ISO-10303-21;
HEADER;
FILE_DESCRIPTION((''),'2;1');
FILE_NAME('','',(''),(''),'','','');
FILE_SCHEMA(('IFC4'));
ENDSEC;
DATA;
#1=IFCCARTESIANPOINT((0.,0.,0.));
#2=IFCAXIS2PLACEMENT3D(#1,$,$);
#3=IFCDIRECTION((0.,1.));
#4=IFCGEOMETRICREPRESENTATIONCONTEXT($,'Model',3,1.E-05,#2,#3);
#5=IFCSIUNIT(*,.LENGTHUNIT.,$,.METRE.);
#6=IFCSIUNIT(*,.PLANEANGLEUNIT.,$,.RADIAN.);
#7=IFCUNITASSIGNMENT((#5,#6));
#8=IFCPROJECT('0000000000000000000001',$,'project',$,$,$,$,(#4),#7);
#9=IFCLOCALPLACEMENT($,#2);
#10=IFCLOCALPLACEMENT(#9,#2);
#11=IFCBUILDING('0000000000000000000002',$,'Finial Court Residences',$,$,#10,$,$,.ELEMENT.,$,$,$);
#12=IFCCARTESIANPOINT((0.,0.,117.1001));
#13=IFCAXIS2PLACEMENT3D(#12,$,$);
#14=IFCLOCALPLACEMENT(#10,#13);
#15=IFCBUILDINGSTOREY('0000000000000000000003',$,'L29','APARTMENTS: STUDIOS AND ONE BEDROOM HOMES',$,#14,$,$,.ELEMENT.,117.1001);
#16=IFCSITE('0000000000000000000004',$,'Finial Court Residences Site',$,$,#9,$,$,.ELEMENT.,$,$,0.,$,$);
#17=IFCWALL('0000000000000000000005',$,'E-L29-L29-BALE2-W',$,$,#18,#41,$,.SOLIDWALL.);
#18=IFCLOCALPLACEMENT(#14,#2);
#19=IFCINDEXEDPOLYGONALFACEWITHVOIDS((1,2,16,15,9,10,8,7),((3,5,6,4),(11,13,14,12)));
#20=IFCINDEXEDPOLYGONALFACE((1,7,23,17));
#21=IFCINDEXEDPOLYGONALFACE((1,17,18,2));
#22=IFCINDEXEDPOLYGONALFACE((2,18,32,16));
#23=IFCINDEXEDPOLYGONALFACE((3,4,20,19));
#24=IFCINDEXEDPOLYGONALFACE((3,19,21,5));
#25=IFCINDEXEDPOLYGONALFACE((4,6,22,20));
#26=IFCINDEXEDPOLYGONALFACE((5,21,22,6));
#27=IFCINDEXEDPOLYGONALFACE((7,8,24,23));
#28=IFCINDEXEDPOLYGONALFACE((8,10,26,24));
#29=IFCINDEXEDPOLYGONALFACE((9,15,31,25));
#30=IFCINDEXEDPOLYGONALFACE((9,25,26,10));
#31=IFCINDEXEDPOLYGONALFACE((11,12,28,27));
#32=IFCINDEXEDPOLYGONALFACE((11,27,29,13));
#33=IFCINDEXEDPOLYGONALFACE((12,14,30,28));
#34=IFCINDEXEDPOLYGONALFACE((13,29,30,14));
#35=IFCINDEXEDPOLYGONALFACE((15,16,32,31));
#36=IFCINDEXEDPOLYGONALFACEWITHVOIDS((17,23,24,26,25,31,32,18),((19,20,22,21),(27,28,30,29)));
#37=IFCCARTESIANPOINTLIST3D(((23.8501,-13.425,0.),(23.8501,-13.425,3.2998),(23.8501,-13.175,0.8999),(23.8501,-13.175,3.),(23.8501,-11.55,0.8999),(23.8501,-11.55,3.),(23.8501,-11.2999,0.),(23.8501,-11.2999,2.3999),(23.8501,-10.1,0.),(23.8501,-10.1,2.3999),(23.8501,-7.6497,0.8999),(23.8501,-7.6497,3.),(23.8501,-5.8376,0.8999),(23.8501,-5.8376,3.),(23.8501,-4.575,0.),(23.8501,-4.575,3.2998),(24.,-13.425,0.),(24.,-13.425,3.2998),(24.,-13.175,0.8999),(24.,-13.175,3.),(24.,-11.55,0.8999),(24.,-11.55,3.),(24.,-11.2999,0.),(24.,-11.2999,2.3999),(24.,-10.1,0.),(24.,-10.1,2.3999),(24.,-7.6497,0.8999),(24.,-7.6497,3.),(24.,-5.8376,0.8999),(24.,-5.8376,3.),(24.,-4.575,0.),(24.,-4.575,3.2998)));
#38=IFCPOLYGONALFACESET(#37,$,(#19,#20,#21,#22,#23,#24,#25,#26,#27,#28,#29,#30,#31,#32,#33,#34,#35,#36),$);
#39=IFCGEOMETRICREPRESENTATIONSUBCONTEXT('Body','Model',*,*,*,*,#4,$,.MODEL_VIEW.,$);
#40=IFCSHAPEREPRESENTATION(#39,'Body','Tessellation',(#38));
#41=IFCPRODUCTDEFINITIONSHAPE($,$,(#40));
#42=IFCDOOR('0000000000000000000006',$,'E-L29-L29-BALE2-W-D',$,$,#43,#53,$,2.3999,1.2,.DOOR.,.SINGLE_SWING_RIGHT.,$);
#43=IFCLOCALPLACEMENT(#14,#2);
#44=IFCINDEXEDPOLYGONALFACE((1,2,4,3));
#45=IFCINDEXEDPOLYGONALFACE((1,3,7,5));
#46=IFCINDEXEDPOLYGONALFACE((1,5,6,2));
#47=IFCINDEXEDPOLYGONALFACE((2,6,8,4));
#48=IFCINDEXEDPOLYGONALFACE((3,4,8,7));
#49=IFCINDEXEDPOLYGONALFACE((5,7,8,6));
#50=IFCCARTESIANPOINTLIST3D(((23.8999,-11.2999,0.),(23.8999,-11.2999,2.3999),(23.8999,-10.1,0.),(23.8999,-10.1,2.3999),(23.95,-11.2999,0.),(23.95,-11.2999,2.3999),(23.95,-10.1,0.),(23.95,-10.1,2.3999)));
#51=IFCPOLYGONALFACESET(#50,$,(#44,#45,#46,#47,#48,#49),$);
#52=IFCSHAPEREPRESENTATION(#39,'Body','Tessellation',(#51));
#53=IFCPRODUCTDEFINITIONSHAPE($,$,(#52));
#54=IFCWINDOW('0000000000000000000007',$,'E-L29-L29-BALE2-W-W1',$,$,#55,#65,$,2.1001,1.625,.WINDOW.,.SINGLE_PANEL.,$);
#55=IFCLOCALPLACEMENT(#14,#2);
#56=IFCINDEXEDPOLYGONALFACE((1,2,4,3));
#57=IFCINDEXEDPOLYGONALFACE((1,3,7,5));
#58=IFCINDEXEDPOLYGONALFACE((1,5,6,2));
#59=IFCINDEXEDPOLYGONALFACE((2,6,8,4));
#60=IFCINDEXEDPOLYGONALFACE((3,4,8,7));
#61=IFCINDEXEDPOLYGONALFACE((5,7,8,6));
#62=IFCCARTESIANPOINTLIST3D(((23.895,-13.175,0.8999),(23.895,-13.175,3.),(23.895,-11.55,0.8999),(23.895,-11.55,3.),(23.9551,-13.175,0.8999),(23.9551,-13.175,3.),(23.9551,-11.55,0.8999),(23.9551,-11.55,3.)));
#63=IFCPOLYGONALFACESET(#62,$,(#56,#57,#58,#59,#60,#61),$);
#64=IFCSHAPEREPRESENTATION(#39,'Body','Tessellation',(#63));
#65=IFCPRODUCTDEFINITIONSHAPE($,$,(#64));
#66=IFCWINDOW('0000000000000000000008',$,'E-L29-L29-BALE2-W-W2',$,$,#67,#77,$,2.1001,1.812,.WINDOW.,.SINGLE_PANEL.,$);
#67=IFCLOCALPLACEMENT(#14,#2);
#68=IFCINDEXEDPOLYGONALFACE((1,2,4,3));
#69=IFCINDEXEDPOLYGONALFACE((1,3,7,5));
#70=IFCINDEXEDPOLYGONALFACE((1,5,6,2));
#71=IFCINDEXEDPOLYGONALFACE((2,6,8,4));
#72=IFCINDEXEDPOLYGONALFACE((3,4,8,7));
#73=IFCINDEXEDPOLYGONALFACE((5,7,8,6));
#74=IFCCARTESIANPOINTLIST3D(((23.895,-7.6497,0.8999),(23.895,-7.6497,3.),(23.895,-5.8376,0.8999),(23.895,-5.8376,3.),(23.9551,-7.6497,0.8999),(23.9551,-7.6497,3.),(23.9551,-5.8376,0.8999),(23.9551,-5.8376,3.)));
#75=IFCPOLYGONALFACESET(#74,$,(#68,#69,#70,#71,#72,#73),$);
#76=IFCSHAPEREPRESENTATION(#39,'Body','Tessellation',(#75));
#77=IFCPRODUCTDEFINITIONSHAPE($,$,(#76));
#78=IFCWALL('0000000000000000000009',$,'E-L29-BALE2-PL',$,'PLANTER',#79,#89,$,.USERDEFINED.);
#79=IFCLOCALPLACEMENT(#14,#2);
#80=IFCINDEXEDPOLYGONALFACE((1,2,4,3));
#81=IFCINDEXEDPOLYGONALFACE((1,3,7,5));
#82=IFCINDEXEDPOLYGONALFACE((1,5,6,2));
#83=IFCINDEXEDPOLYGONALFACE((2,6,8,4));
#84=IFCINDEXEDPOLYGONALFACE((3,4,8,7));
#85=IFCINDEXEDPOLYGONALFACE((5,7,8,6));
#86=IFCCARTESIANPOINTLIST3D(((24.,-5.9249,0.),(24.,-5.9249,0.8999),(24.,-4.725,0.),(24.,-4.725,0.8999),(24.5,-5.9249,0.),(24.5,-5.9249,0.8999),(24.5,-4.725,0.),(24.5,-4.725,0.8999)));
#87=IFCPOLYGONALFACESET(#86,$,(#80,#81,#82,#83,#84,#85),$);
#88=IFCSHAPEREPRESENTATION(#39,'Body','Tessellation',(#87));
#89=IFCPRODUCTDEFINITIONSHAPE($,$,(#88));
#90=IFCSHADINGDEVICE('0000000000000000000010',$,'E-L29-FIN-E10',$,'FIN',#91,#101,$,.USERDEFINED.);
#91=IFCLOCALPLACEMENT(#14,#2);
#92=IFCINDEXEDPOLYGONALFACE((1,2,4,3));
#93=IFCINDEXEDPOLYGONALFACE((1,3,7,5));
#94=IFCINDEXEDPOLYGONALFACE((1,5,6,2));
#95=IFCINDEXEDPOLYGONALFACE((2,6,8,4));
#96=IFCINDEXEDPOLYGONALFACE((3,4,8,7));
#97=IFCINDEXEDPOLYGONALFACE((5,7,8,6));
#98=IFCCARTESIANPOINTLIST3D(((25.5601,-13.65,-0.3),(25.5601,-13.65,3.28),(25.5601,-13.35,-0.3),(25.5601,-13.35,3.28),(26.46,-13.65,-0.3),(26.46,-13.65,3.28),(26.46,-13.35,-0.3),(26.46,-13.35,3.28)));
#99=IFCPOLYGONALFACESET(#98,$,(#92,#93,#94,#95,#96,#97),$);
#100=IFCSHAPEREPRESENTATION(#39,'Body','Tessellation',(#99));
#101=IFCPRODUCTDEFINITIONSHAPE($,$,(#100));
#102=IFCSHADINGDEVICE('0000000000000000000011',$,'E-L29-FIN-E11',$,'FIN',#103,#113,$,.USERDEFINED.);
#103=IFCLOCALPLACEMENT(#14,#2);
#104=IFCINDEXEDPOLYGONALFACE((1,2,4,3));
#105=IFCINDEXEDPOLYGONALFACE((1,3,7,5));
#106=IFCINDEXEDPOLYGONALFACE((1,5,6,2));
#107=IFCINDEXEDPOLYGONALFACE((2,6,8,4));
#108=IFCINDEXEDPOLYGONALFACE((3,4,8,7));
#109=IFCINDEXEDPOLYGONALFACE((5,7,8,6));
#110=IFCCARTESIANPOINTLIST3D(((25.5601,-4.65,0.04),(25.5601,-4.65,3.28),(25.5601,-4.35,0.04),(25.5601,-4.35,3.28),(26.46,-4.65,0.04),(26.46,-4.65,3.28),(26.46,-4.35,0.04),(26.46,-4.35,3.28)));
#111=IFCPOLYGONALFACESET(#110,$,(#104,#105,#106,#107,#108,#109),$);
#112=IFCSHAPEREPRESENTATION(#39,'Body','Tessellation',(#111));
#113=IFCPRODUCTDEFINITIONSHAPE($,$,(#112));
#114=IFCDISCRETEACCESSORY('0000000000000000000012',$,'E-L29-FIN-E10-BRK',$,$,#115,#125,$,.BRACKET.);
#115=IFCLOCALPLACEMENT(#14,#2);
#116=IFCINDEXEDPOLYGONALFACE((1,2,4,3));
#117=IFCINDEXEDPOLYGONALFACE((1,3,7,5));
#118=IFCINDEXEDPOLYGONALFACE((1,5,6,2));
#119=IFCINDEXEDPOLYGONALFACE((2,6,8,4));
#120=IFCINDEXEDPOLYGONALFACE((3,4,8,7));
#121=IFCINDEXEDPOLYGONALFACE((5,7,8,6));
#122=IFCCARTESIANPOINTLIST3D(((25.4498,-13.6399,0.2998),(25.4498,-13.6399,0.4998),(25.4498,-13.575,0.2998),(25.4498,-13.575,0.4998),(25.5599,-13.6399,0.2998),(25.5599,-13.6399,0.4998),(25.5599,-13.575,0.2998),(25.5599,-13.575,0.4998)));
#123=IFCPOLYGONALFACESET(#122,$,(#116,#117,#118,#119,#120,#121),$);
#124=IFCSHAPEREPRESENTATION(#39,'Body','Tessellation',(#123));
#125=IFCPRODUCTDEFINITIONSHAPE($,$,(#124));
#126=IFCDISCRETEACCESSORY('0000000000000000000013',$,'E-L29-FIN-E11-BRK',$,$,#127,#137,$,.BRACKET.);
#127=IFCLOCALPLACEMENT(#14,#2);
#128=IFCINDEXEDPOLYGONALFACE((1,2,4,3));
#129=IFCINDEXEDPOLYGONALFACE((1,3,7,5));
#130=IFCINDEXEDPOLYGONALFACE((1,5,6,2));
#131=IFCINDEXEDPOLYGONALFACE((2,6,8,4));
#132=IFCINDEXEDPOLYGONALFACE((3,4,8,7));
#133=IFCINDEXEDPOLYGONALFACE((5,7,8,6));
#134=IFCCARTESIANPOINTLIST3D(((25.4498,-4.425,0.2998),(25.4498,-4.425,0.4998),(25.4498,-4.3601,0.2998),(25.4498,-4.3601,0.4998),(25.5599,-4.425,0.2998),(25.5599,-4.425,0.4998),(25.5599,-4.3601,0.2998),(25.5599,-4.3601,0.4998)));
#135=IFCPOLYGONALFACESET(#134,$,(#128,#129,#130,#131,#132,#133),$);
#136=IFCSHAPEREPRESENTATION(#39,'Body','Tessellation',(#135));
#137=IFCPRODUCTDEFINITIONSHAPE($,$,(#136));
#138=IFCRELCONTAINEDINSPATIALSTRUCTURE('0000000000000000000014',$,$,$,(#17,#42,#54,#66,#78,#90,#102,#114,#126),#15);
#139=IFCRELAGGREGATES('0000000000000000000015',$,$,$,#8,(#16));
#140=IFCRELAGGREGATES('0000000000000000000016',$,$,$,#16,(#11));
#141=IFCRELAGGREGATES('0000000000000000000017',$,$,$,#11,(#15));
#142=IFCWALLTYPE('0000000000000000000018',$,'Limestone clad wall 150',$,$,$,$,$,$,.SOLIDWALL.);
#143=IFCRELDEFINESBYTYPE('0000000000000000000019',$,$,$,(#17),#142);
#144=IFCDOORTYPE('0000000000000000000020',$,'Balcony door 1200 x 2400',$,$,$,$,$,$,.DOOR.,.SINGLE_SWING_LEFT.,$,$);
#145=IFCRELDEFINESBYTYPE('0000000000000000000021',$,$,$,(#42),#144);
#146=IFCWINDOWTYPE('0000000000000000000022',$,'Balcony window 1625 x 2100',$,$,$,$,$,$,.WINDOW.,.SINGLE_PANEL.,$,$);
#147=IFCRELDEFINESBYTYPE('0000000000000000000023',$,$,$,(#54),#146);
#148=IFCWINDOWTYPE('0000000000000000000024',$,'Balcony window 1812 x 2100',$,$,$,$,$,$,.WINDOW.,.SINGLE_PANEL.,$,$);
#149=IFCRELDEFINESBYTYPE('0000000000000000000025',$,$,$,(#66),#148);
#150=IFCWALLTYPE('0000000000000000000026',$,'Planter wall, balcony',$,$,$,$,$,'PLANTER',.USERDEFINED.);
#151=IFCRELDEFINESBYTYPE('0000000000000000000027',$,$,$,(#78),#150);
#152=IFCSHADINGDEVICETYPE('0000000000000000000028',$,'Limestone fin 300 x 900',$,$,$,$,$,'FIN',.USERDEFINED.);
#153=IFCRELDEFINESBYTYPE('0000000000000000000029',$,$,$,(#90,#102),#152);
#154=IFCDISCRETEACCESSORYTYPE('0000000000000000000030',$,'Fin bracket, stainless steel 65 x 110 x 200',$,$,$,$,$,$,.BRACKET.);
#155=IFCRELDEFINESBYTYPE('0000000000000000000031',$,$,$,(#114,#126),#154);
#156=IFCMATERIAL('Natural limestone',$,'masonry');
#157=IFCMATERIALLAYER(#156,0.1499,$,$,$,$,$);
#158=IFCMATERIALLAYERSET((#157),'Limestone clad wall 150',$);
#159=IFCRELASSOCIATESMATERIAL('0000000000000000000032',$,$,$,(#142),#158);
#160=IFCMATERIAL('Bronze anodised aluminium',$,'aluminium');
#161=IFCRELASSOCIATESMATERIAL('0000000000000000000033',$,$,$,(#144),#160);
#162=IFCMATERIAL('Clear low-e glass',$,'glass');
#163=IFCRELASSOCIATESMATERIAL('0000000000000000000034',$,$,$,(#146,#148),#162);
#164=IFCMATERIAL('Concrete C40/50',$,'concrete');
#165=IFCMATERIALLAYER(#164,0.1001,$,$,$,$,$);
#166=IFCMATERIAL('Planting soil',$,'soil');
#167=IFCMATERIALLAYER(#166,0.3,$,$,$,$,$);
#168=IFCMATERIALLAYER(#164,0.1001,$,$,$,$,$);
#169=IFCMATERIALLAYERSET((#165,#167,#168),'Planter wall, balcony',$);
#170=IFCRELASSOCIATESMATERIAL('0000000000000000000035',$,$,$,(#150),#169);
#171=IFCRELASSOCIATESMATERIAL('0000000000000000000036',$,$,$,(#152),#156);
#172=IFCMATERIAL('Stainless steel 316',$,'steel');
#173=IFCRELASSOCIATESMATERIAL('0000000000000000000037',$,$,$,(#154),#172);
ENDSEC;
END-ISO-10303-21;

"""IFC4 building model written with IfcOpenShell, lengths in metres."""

from ifc_helpers import new_model, si_unit, direction, frame, frame_2d, origin, origin_2d, place, context, subcontext, project, spatial, rectangle, extrude, material, layer, layer_set, type_object, element, fill, save


model = new_model("IFC4")

# Units and contexts
model_context = context("Model", 3, precision=1e-05, world=origin(), true_north=direction((0.0, 1.0)))
body_context = subcontext(model_context, "Body", "Model", "MODEL_VIEW")
ifc_project = project(units=[si_unit("LENGTHUNIT", "METRE"), si_unit("PLANEANGLEUNIT", "RADIAN")], contexts=[model_context])

# Site, building, storey
site_placement = place(None, origin())
site = spatial("IfcSite", under=ifc_project, at=site_placement, Name="Finial Court Residences Site", CompositionType="ELEMENT", RefElevation=0.0)
building_placement = place(site_placement, origin())
building = spatial("IfcBuilding", under=site, at=building_placement, Name="Finial Court Residences", CompositionType="ELEMENT")
storey_placement = place(building_placement, frame((0.0, 0.0, 117.1001)))
storey = spatial("IfcBuildingStorey", under=building, at=storey_placement, Name="L29", Description="APARTMENTS: STUDIOS AND ONE BEDROOM HOMES", CompositionType="ELEMENT", Elevation=117.1001)

# Shared definitions
ifc_material_1 = material(Name="Bronze anodised aluminium", Category="aluminium")

# Shared definitions
ifc_material_2 = material(Name="Natural limestone", Category="masonry")
ifc_layer_1 = layer(ifc_material_2, 0.1499)
ifc_layer_set_1 = layer_set([ifc_layer_1], Name="Limestone clad wall 150")
wall_type_1 = type_object("IfcWallType", Name="Limestone clad wall 150", PredefinedType="SOLIDWALL", material=ifc_layer_set_1)

# Wall, openings, door, windows
wall_1_placement = place(storey_placement, frame((23.925, -4.575, 0.0), z_axis=(0.0, 0.0, 1.0), x_axis=(0.0, -1.0, 0.0)))
wall_1 = element("IfcWall", 1, at=wall_1_placement, inside=storey, type_object=wall_type_1, Name="E-L29-L29-BALE2-W", PredefinedType="SOLIDWALL", context=body_context, shape_type="SweptSolid", body=[
    extrude(rectangle(XDim=8.8501, YDim=0.1499, at=frame_2d((4.425, 0.0))), origin(), (0.0, 0.0, 1.0), 3.2998),
])
opening_1_placement = place(wall_1_placement, frame((5.5249, 0.0, 0.0)))
opening_1 = element("IfcOpeningElement", 2, at=opening_1_placement, cuts=wall_1, PredefinedType="OPENING", context=body_context, shape_type="SweptSolid", body=[
    extrude(rectangle(XDim=1.2, YDim=2.3999, at=frame_2d((0.6001, 1.2))), frame((0.0, 0.085, 0.0), z_axis=(0.0, -1.0, 0.0), x_axis=(1.0, 0.0, 0.0)), (0.0, 0.0, 1.0), 0.1699),
])
opening_2_placement = place(wall_1_placement, frame((6.9751, 0.0, 0.8999)))
opening_2 = element("IfcOpeningElement", 3, at=opening_2_placement, cuts=wall_1, PredefinedType="OPENING", context=body_context, shape_type="SweptSolid", body=[
    extrude(rectangle(XDim=1.625, YDim=2.1001, at=frame_2d((0.8125, 1.05))), frame((0.0, 0.085, 0.0), z_axis=(0.0, -1.0, 0.0), x_axis=(1.0, 0.0, 0.0)), (0.0, 0.0, 1.0), 0.1699),
])
opening_3_placement = place(wall_1_placement, frame((1.2627, 0.0, 0.8999)))
opening_3 = element("IfcOpeningElement", 4, at=opening_3_placement, cuts=wall_1, PredefinedType="OPENING", context=body_context, shape_type="SweptSolid", body=[
    extrude(rectangle(XDim=1.812, YDim=2.1001, at=frame_2d((0.906, 1.05))), frame((0.0, 0.085, 0.0), z_axis=(0.0, -1.0, 0.0), x_axis=(1.0, 0.0, 0.0)), (0.0, 0.0, 1.0), 0.1699),
])
door_type_1 = type_object("IfcDoorType", Name="Balcony door 1200 x 2400", OperationType="SINGLE_SWING_LEFT", PredefinedType="DOOR", material=ifc_material_1)
door_1_placement = place(opening_1_placement, origin())
door_1 = element("IfcDoor", 5, at=door_1_placement, inside=storey, type_object=door_type_1, Name="E-L29-L29-BALE2-W-D", OperationType="SINGLE_SWING_RIGHT", OverallHeight=2.3999, OverallWidth=1.2, PredefinedType="DOOR", context=body_context, shape_type="SweptSolid", body=[
    extrude(rectangle(XDim=1.2, YDim=2.3999, at=frame_2d((0.6001, 1.2))), frame((0.0, 0.0249, 0.0), z_axis=(0.0, -1.0, 0.0), x_axis=(1.0, 0.0, 0.0)), (0.0, 0.0, 1.0), 0.05),
])
fill(opening_1, door_1)
ifc_material_3 = material(Name="Clear low-e glass", Category="glass")
window_type_1 = type_object("IfcWindowType", Name="Balcony window 1625 x 2100", PartitioningType="SINGLE_PANEL", PredefinedType="WINDOW", material=ifc_material_3)
window_1_placement = place(opening_2_placement, origin())
window_1 = element("IfcWindow", 6, at=window_1_placement, inside=storey, type_object=window_type_1, Name="E-L29-L29-BALE2-W-W1", OverallHeight=2.1001, OverallWidth=1.625, PartitioningType="SINGLE_PANEL", PredefinedType="WINDOW", context=body_context, shape_type="SweptSolid", body=[
    extrude(rectangle(XDim=1.625, YDim=2.1001, at=frame_2d((0.8125, 1.05))), frame((0.0, 0.03, 0.0), z_axis=(0.0, -1.0, 0.0), x_axis=(1.0, 0.0, 0.0)), (0.0, 0.0, 1.0), 0.0601),
])
fill(opening_2, window_1)
window_type_2 = type_object("IfcWindowType", Name="Balcony window 1812 x 2100", PartitioningType="SINGLE_PANEL", PredefinedType="WINDOW", material=ifc_material_3)
window_2_placement = place(opening_3_placement, origin())
window_2 = element("IfcWindow", 7, at=window_2_placement, inside=storey, type_object=window_type_2, Name="E-L29-L29-BALE2-W-W2", OverallHeight=2.1001, OverallWidth=1.812, PartitioningType="SINGLE_PANEL", PredefinedType="WINDOW", context=body_context, shape_type="SweptSolid", body=[
    extrude(rectangle(XDim=1.812, YDim=2.1001, at=frame_2d((0.906, 1.05))), frame((0.0, 0.03, 0.0), z_axis=(0.0, -1.0, 0.0), x_axis=(1.0, 0.0, 0.0)), (0.0, 0.0, 1.0), 0.0601),
])
fill(opening_3, window_2)

# Wall
ifc_material_4 = material(Name="Concrete C40/50", Category="concrete")
ifc_layer_2 = layer(ifc_material_4, 0.1001)
ifc_material_5 = material(Name="Planting soil", Category="soil")
ifc_layer_3 = layer(ifc_material_5, 0.3)
ifc_layer_4 = layer(ifc_material_4, 0.1001)
ifc_layer_set_2 = layer_set([ifc_layer_2, ifc_layer_3, ifc_layer_4], Name="Planter wall, balcony")
wall_type_2 = type_object("IfcWallType", Name="Planter wall, balcony", ElementType="PLANTER", PredefinedType="USERDEFINED", material=ifc_layer_set_2)
wall_2_placement = place(storey_placement, frame((24.25, -5.925, 0.0), z_axis=(0.0, 0.0, 1.0), x_axis=(0.0, 1.0, 0.0)))
element("IfcWall", 8, at=wall_2_placement, inside=storey, type_object=wall_type_2, Name="E-L29-BALE2-PL", ObjectType="PLANTER", PredefinedType="USERDEFINED", context=body_context, shape_type="SweptSolid", body=[
    extrude(rectangle(XDim=1.2, YDim=0.5, at=frame_2d((0.6001, 0.0))), origin(), (0.0, 0.0, 1.0), 0.8999),
])

# Shading devices
shading_device_type = type_object("IfcShadingDeviceType", Name="Limestone fin 300 x 900", ElementType="FIN", PredefinedType="USERDEFINED", material=ifc_material_2)
shading_device_1_placement = place(storey_placement, frame((26.01, -13.5, -0.3), z_axis=(0.0, 0.0, 1.0), x_axis=(1.0, 0.0, 0.0)))
element("IfcShadingDevice", 9, at=shading_device_1_placement, inside=storey, type_object=shading_device_type, Name="E-L29-FIN-E10", ObjectType="FIN", PredefinedType="USERDEFINED", context=body_context, shape_type="SweptSolid", body=[
    extrude(rectangle(XDim=0.8999, YDim=0.3, at=origin_2d()), origin(), (0.0, 0.0, 1.0), 3.5801),
])
shading_device_2_placement = place(storey_placement, frame((26.01, -4.5, 0.04), z_axis=(0.0, 0.0, 1.0), x_axis=(1.0, 0.0, 0.0)))
element("IfcShadingDevice", 10, at=shading_device_2_placement, inside=storey, type_object=shading_device_type, Name="E-L29-FIN-E11", ObjectType="FIN", PredefinedType="USERDEFINED", context=body_context, shape_type="SweptSolid", body=[
    extrude(rectangle(XDim=0.8999, YDim=0.3, at=origin_2d()), origin(), (0.0, 0.0, 1.0), 3.24),
])

# Discrete accessories
ifc_material_6 = material(Name="Stainless steel 316", Category="steel")
discrete_accessory_type = type_object("IfcDiscreteAccessoryType", Name="Fin bracket, stainless steel 65 x 110 x 200", PredefinedType="BRACKET", material=ifc_material_6)
for number, where, z_axis, x_axis, name in (
    (11, (25.5049, -13.6074, 0.2998), (0.0, 0.0, 1.0), (1.0, 0.0, 0.0), "E-L29-FIN-E10-BRK"),
    (12, (25.5049, -4.3926, 0.2998), (0.0, 0.0, 1.0), (1.0, 0.0, 0.0), "E-L29-FIN-E11-BRK"),
):
    element("IfcDiscreteAccessory", number, at=place(storey_placement, frame(where, z_axis=z_axis, x_axis=x_axis)), inside=storey, type_object=discrete_accessory_type, Name=name, PredefinedType="BRACKET", context=body_context, shape_type="SweptSolid", body=[
        extrude(rectangle(XDim=0.1101, YDim=0.0649, at=origin_2d()), origin(), (0.0, 0.0, 1.0), 0.2),
    ])

save(model, "model.ifc")
